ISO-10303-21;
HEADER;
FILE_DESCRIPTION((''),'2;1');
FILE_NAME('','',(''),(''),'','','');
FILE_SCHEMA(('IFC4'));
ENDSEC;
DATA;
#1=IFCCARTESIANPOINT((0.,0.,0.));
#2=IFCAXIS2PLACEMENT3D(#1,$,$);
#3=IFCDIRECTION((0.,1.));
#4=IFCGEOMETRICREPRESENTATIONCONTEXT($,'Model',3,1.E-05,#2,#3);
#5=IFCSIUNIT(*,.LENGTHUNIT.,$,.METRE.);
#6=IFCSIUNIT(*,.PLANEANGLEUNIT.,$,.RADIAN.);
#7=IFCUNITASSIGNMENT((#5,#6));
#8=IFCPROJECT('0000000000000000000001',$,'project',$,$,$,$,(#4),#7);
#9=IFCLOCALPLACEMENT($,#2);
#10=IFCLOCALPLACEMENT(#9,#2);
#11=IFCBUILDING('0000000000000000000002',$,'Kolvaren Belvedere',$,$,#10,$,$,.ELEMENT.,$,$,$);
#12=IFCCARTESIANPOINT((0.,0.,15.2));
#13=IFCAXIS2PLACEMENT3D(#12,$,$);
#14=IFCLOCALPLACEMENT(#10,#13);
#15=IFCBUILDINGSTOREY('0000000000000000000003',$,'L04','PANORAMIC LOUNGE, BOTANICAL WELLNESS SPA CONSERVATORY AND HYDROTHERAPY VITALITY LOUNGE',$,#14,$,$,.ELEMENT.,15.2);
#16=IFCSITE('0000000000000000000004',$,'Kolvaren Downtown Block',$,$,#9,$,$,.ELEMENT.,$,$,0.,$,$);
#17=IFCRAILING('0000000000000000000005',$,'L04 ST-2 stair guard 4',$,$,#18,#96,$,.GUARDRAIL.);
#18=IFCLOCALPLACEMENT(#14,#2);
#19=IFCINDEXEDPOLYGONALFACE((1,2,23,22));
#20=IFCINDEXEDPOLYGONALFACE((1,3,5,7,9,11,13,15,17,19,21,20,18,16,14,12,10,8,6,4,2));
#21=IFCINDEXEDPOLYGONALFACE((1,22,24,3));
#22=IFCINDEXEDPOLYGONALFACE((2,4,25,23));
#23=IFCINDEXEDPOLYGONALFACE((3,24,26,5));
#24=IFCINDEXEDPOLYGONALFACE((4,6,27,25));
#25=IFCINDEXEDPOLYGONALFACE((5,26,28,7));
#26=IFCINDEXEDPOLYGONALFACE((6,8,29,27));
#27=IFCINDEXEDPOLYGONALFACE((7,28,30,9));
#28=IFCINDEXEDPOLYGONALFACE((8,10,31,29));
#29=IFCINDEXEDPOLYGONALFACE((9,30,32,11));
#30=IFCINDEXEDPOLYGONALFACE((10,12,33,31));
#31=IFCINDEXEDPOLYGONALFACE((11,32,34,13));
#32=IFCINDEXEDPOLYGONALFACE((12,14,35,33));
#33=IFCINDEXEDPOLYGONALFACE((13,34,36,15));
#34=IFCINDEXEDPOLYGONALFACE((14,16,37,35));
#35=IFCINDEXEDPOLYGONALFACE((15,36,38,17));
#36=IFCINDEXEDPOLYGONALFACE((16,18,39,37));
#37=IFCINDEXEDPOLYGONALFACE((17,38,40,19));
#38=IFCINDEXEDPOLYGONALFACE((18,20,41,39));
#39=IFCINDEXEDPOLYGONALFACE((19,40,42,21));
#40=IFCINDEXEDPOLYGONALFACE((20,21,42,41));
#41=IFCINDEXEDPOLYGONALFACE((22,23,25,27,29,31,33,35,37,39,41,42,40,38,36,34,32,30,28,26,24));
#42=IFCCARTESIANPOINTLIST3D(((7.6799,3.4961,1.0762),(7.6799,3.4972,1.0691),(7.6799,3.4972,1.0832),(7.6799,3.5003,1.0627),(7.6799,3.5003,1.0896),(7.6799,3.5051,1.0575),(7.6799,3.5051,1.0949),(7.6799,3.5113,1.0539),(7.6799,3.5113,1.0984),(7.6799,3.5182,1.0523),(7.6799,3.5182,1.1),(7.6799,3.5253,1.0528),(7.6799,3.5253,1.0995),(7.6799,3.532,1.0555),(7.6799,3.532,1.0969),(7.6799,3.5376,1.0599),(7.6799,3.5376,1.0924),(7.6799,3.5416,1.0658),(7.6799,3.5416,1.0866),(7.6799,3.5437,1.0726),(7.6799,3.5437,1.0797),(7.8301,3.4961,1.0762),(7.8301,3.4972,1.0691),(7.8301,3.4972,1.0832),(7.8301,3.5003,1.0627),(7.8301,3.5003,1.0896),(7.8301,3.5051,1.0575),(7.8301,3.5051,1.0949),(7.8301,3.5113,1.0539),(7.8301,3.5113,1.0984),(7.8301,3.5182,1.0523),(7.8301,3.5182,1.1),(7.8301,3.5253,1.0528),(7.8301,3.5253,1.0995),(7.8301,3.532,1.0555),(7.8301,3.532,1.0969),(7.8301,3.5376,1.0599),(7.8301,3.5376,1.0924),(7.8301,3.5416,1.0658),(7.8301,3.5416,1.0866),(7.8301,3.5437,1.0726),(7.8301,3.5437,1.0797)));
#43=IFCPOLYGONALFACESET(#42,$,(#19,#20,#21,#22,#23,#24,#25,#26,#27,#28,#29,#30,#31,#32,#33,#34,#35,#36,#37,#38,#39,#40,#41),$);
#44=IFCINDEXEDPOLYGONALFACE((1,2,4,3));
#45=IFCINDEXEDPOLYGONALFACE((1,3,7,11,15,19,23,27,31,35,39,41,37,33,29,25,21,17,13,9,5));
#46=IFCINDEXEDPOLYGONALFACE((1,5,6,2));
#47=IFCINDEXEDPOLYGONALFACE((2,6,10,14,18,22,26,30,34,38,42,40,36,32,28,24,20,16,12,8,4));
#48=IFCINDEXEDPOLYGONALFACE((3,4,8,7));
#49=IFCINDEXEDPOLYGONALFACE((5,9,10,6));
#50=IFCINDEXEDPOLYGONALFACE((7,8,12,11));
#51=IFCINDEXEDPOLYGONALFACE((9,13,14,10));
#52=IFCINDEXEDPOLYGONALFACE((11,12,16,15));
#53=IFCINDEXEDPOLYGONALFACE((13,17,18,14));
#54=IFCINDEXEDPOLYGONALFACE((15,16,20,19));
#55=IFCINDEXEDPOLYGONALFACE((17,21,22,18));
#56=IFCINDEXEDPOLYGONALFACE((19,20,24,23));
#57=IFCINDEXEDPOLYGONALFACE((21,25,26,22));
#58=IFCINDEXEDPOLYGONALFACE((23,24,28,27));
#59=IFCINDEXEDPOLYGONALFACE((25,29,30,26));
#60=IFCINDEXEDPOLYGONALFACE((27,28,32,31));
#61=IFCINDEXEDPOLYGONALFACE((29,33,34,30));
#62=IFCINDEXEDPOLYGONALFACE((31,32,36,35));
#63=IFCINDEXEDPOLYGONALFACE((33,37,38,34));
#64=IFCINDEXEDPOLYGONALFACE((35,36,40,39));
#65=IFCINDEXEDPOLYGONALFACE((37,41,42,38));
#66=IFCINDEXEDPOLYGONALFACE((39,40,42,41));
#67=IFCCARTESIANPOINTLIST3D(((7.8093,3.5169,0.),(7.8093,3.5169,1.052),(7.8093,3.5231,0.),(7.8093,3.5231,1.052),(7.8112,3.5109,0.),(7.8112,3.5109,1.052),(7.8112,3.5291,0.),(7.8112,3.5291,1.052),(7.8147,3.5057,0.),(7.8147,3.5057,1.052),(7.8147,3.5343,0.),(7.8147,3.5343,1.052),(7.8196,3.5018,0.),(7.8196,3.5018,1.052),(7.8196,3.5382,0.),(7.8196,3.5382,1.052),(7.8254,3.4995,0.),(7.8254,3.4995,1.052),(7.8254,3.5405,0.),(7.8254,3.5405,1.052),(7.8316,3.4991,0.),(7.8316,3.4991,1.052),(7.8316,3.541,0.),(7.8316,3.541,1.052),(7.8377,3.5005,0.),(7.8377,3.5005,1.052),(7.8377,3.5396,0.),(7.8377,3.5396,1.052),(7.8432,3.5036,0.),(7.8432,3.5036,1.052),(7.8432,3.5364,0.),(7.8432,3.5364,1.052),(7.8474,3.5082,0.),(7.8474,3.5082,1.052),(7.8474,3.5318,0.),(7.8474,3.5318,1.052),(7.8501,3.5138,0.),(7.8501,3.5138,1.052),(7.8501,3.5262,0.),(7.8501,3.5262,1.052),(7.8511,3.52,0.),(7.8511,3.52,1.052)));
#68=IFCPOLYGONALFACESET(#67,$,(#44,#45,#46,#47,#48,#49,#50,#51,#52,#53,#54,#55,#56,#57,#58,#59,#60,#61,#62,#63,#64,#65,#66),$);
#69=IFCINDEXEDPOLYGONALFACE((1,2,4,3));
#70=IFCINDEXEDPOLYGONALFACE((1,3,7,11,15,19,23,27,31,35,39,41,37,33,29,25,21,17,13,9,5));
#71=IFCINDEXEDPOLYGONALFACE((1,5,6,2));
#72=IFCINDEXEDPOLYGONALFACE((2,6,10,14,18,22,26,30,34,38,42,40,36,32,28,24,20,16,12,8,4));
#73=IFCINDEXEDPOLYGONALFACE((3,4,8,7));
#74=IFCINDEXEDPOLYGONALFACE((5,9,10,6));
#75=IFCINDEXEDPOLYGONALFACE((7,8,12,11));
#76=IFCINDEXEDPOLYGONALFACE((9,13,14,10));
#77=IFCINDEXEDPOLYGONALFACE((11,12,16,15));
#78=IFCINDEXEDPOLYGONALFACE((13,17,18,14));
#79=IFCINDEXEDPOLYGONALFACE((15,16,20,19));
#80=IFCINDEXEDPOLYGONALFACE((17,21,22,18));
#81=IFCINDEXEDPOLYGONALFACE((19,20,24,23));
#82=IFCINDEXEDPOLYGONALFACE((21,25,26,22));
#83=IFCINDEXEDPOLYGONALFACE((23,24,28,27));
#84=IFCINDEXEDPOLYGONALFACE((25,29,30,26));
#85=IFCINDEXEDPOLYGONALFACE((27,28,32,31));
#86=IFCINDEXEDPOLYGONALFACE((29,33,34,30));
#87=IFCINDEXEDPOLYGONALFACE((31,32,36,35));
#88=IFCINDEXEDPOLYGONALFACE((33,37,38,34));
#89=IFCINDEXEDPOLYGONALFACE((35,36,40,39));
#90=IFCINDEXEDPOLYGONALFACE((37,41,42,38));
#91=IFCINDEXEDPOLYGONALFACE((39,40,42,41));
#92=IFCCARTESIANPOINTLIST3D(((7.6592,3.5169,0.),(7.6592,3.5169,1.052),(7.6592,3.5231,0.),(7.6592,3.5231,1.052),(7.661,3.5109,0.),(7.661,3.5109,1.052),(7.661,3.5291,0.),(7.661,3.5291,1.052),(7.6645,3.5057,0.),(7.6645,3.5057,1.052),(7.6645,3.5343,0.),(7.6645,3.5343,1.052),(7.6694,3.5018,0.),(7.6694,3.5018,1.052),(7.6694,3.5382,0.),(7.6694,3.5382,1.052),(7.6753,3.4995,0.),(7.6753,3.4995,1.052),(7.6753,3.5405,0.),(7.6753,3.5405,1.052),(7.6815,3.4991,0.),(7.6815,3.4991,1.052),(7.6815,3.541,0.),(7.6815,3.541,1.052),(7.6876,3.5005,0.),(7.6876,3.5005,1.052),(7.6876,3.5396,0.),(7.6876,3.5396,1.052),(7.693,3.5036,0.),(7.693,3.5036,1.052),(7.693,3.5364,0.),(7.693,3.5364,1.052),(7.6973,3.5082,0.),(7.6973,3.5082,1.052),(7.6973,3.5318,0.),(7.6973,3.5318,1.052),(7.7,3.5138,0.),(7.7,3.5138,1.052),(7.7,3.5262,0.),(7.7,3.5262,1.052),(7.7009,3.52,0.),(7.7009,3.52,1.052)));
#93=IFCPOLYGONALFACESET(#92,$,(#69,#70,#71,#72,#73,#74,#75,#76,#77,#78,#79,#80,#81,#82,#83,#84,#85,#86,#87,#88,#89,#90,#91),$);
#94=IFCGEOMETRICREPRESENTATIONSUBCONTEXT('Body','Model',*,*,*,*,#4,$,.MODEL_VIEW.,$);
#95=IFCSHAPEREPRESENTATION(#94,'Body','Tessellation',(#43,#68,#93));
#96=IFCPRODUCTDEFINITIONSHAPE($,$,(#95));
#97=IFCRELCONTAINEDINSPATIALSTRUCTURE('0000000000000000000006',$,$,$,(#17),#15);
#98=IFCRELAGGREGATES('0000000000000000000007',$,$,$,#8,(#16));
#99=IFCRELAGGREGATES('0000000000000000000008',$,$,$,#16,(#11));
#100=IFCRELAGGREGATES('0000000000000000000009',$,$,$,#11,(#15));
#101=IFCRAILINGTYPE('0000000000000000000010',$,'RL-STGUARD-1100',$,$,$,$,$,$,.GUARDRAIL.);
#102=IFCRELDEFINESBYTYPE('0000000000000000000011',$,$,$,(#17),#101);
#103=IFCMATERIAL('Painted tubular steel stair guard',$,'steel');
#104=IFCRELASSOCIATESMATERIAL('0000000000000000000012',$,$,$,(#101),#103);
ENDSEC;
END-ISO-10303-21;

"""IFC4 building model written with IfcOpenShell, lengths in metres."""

from ifc_helpers import new_model, si_unit, direction, frame, origin, origin_2d, place, context, subcontext, project, spatial, circle, extrude, material, type_object, element, save


model = new_model("IFC4")

# Units and contexts
model_context = context("Model", 3, precision=1e-05, world=origin(), true_north=direction((0.0, 1.0)))
body_context = subcontext(model_context, "Body", "Model", "MODEL_VIEW")
ifc_project = project(units=[si_unit("LENGTHUNIT", "METRE"), si_unit("PLANEANGLEUNIT", "RADIAN")], contexts=[model_context])

# Site, building, storey
site_placement = place(None, origin())
site = spatial("IfcSite", under=ifc_project, at=site_placement, Name="Kolvaren Downtown Block", CompositionType="ELEMENT", RefElevation=0.0)
building_placement = place(site_placement, origin())
building = spatial("IfcBuilding", under=site, at=building_placement, Name="Kolvaren Belvedere", CompositionType="ELEMENT")
storey_placement = place(building_placement, frame((0.0, 0.0, 15.2)))
storey = spatial("IfcBuildingStorey", under=building, at=storey_placement, Name="L04", Description="PANORAMIC LOUNGE, BOTANICAL WELLNESS SPA CONSERVATORY AND HYDROTHERAPY VITALITY LOUNGE", CompositionType="ELEMENT", Elevation=15.2)

# Railing
ifc_material_1 = material(Name="Painted tubular steel stair guard", Category="steel")
railing_type_1 = type_object("IfcRailingType", Name="RL-STGUARD-1100", PredefinedType="GUARDRAIL", material=ifc_material_1)
railing_1_placement = place(storey_placement, frame((7.8301, 3.52, 0.0)))
element("IfcRailing", 1, at=railing_1_placement, inside=storey, type_object=railing_type_1, Name="L04 ST-2 stair guard 4", PredefinedType="GUARDRAIL", context=body_context, shape_type="SweptSolid", body=[
    extrude(circle(Radius=0.0239, at=origin_2d()), frame((0.0, 0.0, 1.0762), z_axis=(-1.0, 0.0, 0.0), x_axis=(0.0, -1.0, 0.0)), (0.0, 0.0, 1.0), 0.1501),
    extrude(circle(Radius=0.021, at=origin_2d()), origin(), (0.0, 0.0, 1.0), 1.052),
    extrude(circle(Radius=0.021, at=origin_2d()), frame((-0.1501, 0.0, 0.0)), (0.0, 0.0, 1.0), 1.052),
])

save(model, "model.ifc")
